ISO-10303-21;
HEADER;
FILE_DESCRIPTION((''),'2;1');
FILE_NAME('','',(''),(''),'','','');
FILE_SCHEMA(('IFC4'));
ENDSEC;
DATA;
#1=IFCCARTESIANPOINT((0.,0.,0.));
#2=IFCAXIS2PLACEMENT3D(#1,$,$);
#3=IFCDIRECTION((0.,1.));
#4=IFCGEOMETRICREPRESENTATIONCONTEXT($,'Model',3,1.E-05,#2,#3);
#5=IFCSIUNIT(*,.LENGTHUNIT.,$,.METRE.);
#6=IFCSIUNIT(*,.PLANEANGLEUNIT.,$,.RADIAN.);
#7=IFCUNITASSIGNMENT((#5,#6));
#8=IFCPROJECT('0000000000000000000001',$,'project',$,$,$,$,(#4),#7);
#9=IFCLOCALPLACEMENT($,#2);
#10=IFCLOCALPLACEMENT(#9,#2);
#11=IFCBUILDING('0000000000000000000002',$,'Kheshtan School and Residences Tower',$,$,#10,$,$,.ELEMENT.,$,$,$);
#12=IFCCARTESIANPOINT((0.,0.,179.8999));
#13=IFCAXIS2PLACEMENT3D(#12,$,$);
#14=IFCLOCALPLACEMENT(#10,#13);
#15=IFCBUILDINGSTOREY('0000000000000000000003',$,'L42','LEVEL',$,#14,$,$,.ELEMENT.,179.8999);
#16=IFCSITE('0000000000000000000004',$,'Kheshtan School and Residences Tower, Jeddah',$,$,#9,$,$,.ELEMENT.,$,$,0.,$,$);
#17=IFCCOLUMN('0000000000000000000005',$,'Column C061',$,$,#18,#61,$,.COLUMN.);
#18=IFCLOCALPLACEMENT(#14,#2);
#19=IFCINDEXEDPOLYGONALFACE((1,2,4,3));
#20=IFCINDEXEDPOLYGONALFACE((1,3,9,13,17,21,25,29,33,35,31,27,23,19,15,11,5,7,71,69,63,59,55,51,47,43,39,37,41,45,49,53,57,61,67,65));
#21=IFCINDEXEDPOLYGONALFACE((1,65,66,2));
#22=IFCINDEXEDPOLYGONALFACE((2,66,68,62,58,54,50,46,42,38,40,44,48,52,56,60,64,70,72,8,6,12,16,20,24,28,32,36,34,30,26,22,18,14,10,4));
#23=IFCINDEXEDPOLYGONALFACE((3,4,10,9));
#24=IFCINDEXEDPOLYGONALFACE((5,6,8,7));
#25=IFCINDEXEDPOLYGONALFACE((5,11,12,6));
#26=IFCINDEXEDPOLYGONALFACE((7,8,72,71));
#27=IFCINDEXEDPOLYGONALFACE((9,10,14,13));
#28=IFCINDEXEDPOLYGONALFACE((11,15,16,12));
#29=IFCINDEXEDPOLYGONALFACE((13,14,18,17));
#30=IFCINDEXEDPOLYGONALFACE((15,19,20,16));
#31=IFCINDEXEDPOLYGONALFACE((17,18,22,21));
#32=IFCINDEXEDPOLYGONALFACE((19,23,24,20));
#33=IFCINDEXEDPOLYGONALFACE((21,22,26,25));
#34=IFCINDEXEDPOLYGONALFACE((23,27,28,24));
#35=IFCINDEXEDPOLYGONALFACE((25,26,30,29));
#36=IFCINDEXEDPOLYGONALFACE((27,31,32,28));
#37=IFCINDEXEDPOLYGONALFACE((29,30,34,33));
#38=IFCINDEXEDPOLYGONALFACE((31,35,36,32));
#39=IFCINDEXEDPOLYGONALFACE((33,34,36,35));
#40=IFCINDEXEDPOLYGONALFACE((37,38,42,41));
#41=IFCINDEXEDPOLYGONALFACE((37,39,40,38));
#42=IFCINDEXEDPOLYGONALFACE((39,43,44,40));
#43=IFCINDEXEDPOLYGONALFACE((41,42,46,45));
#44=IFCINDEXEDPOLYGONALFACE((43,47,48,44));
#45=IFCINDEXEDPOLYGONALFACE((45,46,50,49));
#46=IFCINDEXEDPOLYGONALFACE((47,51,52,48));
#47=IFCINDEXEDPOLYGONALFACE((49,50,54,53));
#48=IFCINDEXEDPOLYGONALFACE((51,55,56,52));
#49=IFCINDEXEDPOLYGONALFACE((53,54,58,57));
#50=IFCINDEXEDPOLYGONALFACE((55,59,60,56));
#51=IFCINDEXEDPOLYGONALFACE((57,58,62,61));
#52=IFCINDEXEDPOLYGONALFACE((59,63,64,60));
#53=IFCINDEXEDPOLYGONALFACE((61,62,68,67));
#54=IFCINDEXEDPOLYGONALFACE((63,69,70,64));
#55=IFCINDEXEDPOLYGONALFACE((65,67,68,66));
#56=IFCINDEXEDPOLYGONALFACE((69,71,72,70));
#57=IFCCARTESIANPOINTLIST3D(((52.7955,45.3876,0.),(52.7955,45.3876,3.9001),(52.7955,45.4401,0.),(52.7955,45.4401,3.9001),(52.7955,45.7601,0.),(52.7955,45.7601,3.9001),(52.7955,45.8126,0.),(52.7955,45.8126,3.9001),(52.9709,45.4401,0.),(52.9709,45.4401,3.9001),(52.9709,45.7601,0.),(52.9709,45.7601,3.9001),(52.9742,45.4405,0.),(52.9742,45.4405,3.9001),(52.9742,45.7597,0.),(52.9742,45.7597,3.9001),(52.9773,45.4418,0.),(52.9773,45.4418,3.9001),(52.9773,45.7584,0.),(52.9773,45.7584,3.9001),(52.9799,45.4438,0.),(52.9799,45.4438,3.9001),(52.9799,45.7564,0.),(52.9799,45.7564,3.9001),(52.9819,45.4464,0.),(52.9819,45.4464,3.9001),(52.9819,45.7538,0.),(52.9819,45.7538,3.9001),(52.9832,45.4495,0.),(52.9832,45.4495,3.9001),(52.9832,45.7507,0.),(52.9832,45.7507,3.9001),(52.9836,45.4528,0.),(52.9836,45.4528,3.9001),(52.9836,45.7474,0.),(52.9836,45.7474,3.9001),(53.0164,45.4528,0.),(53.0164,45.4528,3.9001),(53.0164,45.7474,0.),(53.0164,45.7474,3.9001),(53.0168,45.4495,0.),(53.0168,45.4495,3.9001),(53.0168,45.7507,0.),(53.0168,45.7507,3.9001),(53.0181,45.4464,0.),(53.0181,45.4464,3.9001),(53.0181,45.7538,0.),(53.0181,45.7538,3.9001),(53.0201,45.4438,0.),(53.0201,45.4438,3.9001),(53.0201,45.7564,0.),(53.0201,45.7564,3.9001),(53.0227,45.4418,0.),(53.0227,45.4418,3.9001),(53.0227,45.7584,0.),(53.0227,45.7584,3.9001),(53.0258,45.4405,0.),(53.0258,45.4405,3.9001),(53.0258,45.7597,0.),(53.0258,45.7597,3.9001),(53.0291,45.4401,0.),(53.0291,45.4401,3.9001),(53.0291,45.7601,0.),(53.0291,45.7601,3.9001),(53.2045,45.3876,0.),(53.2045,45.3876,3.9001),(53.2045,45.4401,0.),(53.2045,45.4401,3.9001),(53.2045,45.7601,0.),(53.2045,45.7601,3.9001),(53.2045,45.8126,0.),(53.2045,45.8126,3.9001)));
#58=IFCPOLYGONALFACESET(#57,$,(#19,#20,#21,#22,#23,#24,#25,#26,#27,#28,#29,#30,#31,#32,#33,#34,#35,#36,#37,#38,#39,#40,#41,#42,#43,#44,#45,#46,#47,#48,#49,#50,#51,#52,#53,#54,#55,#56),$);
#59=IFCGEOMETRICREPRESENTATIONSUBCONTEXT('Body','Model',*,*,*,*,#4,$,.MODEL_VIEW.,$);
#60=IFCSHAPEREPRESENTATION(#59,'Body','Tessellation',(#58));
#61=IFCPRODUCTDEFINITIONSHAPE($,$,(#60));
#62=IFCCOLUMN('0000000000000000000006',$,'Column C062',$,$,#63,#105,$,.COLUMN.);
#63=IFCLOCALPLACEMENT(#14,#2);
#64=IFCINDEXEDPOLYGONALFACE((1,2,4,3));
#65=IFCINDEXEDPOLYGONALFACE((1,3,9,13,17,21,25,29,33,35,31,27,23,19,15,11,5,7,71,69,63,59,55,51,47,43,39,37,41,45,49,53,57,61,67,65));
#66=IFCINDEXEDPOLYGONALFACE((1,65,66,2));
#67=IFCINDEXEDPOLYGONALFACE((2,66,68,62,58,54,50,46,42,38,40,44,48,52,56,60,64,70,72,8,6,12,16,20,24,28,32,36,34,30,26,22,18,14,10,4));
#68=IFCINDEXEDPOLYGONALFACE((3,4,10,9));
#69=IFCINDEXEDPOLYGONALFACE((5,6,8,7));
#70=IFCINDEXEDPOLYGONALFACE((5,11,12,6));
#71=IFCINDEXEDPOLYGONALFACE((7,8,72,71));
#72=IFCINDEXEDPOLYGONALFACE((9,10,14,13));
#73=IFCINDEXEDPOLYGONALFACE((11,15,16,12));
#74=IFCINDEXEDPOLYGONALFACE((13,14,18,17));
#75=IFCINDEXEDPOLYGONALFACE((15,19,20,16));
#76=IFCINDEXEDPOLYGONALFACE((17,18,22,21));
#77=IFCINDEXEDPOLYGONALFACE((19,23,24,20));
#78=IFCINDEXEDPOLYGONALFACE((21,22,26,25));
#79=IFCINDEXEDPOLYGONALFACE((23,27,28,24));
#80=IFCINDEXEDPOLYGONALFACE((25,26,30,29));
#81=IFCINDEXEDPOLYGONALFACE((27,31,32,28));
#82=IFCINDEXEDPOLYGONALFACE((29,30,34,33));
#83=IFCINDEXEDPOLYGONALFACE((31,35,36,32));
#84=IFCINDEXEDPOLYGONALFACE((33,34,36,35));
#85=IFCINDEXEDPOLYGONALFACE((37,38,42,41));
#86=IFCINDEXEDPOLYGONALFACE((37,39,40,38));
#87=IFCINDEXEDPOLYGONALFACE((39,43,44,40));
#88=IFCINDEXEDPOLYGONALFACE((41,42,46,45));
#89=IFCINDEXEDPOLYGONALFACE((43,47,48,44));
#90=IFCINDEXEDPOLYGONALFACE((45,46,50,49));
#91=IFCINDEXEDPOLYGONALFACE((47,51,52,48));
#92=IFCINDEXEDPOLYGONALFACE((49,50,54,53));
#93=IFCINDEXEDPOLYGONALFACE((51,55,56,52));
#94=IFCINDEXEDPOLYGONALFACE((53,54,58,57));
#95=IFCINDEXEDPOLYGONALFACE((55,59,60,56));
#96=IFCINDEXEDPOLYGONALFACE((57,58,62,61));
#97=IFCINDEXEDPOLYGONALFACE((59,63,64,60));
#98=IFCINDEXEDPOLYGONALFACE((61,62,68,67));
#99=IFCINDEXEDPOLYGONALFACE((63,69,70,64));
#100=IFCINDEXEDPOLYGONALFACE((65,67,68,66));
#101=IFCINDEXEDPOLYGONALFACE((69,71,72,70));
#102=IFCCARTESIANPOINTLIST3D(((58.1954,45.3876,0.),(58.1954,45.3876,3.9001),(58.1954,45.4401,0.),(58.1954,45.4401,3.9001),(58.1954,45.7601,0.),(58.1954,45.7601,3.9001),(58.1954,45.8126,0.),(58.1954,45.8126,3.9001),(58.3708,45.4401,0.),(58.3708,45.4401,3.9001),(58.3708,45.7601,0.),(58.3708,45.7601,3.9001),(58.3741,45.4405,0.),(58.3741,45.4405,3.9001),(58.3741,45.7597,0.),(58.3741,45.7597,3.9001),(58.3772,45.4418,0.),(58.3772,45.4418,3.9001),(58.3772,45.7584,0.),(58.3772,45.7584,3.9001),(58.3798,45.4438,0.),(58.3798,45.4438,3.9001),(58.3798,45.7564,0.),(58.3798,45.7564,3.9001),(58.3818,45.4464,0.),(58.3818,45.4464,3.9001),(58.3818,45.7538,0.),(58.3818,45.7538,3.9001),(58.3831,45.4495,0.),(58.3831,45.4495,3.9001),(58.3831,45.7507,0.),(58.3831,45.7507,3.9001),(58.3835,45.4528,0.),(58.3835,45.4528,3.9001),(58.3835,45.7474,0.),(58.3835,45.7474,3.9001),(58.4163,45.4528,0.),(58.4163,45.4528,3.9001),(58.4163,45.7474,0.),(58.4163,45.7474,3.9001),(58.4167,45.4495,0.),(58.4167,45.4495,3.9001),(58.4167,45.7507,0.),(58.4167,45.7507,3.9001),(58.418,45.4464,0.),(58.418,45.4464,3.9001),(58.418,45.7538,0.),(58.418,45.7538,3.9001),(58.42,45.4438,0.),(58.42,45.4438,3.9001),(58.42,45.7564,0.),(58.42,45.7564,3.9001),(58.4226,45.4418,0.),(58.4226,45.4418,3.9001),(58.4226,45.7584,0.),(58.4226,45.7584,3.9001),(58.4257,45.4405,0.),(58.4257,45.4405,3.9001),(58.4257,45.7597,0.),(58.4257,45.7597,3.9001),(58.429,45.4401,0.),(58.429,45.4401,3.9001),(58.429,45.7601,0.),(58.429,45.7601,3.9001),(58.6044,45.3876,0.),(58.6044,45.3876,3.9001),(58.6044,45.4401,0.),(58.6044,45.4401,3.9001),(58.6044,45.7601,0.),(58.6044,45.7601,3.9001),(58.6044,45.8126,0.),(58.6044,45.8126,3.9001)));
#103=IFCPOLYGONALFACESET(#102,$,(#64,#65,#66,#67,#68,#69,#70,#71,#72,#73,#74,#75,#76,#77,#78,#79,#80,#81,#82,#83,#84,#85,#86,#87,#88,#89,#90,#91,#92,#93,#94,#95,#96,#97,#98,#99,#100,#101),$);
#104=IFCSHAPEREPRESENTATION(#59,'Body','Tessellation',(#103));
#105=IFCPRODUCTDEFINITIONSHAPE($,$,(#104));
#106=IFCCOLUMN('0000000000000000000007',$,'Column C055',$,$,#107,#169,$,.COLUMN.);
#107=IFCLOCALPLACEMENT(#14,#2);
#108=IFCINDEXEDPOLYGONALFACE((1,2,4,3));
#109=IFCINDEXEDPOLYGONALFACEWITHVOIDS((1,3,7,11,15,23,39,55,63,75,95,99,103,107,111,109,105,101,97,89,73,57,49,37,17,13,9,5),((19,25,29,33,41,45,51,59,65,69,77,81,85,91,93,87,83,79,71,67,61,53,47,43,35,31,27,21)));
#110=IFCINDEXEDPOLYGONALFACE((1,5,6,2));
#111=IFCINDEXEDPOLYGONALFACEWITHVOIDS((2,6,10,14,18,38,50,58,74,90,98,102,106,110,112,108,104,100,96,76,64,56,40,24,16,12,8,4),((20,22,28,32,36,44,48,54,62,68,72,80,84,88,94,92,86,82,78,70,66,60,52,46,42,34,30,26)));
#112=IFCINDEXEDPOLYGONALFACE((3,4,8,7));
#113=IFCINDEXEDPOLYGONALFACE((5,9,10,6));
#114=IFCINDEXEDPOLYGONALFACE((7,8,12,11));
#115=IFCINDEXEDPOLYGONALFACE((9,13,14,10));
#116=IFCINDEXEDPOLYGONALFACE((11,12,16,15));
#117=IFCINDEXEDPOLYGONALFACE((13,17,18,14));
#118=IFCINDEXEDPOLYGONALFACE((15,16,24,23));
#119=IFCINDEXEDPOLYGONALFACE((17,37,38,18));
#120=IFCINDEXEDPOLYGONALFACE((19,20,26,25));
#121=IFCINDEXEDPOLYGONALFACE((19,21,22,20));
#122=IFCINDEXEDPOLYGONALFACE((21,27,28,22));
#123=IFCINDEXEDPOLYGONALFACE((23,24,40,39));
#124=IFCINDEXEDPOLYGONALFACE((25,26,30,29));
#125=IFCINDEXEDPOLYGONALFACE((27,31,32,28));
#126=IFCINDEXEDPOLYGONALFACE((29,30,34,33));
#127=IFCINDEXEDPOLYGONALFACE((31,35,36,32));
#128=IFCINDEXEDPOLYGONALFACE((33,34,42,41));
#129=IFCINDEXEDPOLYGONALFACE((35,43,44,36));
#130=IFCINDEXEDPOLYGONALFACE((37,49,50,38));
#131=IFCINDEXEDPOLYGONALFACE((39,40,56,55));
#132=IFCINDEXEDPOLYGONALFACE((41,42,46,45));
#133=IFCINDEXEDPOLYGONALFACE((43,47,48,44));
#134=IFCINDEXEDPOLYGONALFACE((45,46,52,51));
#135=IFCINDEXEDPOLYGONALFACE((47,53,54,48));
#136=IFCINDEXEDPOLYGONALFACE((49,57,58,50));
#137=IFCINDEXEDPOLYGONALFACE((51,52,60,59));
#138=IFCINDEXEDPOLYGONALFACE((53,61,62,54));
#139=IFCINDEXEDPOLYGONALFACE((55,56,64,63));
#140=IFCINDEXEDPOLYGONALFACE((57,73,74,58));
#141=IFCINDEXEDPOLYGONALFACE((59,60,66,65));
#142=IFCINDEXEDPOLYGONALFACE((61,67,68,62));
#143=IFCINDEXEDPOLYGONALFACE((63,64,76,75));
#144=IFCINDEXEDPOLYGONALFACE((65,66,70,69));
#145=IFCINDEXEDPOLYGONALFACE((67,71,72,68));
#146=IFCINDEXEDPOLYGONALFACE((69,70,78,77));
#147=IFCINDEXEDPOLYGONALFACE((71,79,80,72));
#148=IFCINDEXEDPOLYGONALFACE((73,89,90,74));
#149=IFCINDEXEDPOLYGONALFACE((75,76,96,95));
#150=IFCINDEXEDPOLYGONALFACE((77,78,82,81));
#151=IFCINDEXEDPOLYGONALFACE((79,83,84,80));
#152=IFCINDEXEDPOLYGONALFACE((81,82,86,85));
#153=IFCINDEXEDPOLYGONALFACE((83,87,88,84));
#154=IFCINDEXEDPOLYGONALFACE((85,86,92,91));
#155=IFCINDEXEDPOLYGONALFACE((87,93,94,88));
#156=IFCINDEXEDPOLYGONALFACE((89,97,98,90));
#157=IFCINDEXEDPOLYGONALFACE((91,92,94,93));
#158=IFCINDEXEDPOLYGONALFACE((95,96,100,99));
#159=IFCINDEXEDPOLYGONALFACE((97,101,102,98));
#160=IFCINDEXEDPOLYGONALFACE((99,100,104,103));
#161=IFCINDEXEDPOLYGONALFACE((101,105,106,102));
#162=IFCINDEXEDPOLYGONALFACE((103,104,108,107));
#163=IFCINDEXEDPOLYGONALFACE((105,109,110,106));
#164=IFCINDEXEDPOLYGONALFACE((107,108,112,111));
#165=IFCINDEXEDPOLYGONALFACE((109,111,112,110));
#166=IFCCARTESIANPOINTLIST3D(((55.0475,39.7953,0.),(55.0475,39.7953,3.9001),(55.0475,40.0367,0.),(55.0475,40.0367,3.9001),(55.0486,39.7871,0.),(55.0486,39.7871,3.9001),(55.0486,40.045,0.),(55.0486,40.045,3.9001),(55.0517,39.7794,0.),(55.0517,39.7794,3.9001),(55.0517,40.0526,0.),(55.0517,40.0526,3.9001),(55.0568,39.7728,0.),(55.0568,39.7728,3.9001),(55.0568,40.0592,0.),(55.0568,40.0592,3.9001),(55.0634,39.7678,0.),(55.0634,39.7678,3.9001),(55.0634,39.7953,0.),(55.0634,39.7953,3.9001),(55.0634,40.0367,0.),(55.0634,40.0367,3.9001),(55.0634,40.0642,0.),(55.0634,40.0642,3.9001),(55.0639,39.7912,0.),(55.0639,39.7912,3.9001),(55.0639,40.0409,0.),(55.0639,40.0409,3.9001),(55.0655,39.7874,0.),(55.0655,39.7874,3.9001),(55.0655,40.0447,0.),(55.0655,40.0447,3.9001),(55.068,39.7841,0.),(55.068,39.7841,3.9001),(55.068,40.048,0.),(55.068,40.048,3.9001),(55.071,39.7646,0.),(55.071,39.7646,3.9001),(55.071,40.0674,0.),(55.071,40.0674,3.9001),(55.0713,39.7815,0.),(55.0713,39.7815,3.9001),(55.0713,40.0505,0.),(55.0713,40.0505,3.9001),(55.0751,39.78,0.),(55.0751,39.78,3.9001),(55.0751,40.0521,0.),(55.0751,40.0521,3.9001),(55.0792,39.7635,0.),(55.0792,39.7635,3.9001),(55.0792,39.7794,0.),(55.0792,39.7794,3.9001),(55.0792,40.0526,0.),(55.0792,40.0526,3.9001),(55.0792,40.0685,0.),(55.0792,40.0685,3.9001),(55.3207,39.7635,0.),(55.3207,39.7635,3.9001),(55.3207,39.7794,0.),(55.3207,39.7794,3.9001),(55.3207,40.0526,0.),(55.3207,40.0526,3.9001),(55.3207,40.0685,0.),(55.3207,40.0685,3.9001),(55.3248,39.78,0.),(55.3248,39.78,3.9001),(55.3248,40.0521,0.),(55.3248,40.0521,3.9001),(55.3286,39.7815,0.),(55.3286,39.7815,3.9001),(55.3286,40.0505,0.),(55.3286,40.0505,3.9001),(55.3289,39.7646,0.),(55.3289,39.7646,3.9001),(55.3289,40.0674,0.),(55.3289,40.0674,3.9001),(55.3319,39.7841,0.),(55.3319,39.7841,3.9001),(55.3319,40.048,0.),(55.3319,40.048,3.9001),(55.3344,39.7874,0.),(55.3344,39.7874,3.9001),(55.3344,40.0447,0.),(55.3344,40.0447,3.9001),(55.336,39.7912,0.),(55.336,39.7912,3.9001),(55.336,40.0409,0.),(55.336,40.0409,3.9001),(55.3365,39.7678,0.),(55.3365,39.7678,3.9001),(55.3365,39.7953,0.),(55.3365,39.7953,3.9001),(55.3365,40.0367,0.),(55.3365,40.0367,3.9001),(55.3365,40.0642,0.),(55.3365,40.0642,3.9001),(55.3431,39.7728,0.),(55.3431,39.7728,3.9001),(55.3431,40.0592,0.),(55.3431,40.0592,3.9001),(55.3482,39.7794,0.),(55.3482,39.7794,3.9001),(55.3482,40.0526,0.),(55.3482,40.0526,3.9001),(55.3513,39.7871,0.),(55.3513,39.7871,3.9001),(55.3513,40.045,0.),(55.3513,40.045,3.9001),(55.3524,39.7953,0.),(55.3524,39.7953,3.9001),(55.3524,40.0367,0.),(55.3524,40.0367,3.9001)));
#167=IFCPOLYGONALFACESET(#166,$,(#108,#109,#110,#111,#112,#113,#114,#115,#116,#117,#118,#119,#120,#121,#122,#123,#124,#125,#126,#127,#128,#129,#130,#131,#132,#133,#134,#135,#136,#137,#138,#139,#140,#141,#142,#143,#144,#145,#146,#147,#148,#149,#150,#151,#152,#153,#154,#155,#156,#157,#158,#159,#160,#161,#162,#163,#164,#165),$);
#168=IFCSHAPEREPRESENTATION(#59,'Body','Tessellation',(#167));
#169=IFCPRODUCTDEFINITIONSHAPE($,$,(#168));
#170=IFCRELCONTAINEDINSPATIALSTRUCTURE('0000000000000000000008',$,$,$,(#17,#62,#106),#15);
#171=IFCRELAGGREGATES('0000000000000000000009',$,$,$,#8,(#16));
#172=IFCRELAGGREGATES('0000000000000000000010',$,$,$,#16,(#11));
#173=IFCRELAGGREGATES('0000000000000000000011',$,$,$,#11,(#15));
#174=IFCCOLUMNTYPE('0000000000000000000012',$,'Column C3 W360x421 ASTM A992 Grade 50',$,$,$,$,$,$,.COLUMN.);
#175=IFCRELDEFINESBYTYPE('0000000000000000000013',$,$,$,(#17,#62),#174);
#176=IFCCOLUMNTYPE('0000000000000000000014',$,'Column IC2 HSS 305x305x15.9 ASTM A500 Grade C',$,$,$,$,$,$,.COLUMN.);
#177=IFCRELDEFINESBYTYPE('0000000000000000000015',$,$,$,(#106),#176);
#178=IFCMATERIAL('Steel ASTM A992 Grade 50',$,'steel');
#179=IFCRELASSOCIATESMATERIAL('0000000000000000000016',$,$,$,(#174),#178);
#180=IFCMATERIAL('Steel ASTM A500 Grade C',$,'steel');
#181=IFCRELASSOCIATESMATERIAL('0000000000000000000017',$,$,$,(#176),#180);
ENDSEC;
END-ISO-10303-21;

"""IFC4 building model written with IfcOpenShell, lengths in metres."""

from ifc_helpers import new_model, si_unit, direction, frame, origin, origin_2d, place, context, subcontext, project, spatial, hollow_rectangle, i_section, extrude, material, material_profile, profile_set, type_object, element, save


model = new_model("IFC4")

# Units and contexts
model_context = context("Model", 3, precision=1e-05, world=origin(), true_north=direction((0.0, 1.0)))
body_context = subcontext(model_context, "Body", "Model", "MODEL_VIEW")
ifc_project = project(units=[si_unit("LENGTHUNIT", "METRE"), si_unit("PLANEANGLEUNIT", "RADIAN")], contexts=[model_context])

# Site, building, storey
site_placement = place(None, origin())
site = spatial("IfcSite", under=ifc_project, at=site_placement, Name="Kheshtan School and Residences Tower, Jeddah", CompositionType="ELEMENT", RefElevation=0.0)
building_placement = place(site_placement, origin())
building = spatial("IfcBuilding", under=site, at=building_placement, Name="Kheshtan School and Residences Tower", CompositionType="ELEMENT")
storey_placement = place(building_placement, frame((0.0, 0.0, 179.8999)))
storey = spatial("IfcBuildingStorey", under=building, at=storey_placement, Name="L42", Description="LEVEL", CompositionType="ELEMENT", Elevation=179.8999)

# Columns
ifc_material_1 = material(Name="Steel ASTM A992 Grade 50", Category="steel")
ifc_material_profile_1 = material_profile(ifc_material_1, i_section(OverallWidth=0.4089, OverallDepth=0.425, WebThickness=0.0327, FlangeThickness=0.0525, FilletRadius=0.0127, at=origin_2d()), Name="W360x421")
ifc_profile_set_1 = profile_set([ifc_material_profile_1], Name="Steel ASTM A992 Grade 50")
column_type_1 = type_object("IfcColumnType", Name="Column C3 W360x421 ASTM A992 Grade 50", PredefinedType="COLUMN", material=ifc_profile_set_1)
for number, where, z_axis, x_axis, name in (
    (1, (53.0, 45.6001, 0.0), (0.0, 0.0, 1.0), (1.0, 0.0, 0.0), "Column C061"),
    (2, (58.3999, 45.6001, 0.0), (0.0, 0.0, 1.0), (1.0, 0.0, 0.0), "Column C062"),
):
    element("IfcColumn", number, at=place(storey_placement, frame(where, z_axis=z_axis, x_axis=x_axis)), inside=storey, type_object=column_type_1, Name=name, PredefinedType="COLUMN", context=body_context, shape_type="SweptSolid", body=[
        extrude(i_section(OverallWidth=0.4089, OverallDepth=0.425, WebThickness=0.0327, FlangeThickness=0.0525, FilletRadius=0.0127, at=origin_2d()), origin(), (0.0, 0.0, 1.0), 3.9001),
    ])
ifc_material_2 = material(Name="Steel ASTM A500 Grade C", Category="steel")
ifc_material_profile_2 = material_profile(ifc_material_2, hollow_rectangle(XDim=0.3049, YDim=0.3049, WallThickness=0.0159, InnerFilletRadius=0.0159, OuterFilletRadius=0.0317, at=origin_2d()), Name="HSS 305x305x15.9")
ifc_profile_set_2 = profile_set([ifc_material_profile_2], Name="Steel ASTM A500 Grade C")
column_type_2 = type_object("IfcColumnType", Name="Column IC2 HSS 305x305x15.9 ASTM A500 Grade C", PredefinedType="COLUMN", material=ifc_profile_set_2)
column_placement = place(storey_placement, frame((55.2, 39.916, 0.0), z_axis=(0.0, 0.0, 1.0), x_axis=(1.0, 0.0, 0.0)))
element("IfcColumn", 3, at=column_placement, inside=storey, type_object=column_type_2, Name="Column C055", PredefinedType="COLUMN", context=body_context, shape_type="SweptSolid", body=[
    extrude(hollow_rectangle(XDim=0.3049, YDim=0.3049, WallThickness=0.0159, InnerFilletRadius=0.0159, OuterFilletRadius=0.0317, at=origin_2d()), origin(), (0.0, 0.0, 1.0), 3.9001),
])

save(model, "model.ifc")
